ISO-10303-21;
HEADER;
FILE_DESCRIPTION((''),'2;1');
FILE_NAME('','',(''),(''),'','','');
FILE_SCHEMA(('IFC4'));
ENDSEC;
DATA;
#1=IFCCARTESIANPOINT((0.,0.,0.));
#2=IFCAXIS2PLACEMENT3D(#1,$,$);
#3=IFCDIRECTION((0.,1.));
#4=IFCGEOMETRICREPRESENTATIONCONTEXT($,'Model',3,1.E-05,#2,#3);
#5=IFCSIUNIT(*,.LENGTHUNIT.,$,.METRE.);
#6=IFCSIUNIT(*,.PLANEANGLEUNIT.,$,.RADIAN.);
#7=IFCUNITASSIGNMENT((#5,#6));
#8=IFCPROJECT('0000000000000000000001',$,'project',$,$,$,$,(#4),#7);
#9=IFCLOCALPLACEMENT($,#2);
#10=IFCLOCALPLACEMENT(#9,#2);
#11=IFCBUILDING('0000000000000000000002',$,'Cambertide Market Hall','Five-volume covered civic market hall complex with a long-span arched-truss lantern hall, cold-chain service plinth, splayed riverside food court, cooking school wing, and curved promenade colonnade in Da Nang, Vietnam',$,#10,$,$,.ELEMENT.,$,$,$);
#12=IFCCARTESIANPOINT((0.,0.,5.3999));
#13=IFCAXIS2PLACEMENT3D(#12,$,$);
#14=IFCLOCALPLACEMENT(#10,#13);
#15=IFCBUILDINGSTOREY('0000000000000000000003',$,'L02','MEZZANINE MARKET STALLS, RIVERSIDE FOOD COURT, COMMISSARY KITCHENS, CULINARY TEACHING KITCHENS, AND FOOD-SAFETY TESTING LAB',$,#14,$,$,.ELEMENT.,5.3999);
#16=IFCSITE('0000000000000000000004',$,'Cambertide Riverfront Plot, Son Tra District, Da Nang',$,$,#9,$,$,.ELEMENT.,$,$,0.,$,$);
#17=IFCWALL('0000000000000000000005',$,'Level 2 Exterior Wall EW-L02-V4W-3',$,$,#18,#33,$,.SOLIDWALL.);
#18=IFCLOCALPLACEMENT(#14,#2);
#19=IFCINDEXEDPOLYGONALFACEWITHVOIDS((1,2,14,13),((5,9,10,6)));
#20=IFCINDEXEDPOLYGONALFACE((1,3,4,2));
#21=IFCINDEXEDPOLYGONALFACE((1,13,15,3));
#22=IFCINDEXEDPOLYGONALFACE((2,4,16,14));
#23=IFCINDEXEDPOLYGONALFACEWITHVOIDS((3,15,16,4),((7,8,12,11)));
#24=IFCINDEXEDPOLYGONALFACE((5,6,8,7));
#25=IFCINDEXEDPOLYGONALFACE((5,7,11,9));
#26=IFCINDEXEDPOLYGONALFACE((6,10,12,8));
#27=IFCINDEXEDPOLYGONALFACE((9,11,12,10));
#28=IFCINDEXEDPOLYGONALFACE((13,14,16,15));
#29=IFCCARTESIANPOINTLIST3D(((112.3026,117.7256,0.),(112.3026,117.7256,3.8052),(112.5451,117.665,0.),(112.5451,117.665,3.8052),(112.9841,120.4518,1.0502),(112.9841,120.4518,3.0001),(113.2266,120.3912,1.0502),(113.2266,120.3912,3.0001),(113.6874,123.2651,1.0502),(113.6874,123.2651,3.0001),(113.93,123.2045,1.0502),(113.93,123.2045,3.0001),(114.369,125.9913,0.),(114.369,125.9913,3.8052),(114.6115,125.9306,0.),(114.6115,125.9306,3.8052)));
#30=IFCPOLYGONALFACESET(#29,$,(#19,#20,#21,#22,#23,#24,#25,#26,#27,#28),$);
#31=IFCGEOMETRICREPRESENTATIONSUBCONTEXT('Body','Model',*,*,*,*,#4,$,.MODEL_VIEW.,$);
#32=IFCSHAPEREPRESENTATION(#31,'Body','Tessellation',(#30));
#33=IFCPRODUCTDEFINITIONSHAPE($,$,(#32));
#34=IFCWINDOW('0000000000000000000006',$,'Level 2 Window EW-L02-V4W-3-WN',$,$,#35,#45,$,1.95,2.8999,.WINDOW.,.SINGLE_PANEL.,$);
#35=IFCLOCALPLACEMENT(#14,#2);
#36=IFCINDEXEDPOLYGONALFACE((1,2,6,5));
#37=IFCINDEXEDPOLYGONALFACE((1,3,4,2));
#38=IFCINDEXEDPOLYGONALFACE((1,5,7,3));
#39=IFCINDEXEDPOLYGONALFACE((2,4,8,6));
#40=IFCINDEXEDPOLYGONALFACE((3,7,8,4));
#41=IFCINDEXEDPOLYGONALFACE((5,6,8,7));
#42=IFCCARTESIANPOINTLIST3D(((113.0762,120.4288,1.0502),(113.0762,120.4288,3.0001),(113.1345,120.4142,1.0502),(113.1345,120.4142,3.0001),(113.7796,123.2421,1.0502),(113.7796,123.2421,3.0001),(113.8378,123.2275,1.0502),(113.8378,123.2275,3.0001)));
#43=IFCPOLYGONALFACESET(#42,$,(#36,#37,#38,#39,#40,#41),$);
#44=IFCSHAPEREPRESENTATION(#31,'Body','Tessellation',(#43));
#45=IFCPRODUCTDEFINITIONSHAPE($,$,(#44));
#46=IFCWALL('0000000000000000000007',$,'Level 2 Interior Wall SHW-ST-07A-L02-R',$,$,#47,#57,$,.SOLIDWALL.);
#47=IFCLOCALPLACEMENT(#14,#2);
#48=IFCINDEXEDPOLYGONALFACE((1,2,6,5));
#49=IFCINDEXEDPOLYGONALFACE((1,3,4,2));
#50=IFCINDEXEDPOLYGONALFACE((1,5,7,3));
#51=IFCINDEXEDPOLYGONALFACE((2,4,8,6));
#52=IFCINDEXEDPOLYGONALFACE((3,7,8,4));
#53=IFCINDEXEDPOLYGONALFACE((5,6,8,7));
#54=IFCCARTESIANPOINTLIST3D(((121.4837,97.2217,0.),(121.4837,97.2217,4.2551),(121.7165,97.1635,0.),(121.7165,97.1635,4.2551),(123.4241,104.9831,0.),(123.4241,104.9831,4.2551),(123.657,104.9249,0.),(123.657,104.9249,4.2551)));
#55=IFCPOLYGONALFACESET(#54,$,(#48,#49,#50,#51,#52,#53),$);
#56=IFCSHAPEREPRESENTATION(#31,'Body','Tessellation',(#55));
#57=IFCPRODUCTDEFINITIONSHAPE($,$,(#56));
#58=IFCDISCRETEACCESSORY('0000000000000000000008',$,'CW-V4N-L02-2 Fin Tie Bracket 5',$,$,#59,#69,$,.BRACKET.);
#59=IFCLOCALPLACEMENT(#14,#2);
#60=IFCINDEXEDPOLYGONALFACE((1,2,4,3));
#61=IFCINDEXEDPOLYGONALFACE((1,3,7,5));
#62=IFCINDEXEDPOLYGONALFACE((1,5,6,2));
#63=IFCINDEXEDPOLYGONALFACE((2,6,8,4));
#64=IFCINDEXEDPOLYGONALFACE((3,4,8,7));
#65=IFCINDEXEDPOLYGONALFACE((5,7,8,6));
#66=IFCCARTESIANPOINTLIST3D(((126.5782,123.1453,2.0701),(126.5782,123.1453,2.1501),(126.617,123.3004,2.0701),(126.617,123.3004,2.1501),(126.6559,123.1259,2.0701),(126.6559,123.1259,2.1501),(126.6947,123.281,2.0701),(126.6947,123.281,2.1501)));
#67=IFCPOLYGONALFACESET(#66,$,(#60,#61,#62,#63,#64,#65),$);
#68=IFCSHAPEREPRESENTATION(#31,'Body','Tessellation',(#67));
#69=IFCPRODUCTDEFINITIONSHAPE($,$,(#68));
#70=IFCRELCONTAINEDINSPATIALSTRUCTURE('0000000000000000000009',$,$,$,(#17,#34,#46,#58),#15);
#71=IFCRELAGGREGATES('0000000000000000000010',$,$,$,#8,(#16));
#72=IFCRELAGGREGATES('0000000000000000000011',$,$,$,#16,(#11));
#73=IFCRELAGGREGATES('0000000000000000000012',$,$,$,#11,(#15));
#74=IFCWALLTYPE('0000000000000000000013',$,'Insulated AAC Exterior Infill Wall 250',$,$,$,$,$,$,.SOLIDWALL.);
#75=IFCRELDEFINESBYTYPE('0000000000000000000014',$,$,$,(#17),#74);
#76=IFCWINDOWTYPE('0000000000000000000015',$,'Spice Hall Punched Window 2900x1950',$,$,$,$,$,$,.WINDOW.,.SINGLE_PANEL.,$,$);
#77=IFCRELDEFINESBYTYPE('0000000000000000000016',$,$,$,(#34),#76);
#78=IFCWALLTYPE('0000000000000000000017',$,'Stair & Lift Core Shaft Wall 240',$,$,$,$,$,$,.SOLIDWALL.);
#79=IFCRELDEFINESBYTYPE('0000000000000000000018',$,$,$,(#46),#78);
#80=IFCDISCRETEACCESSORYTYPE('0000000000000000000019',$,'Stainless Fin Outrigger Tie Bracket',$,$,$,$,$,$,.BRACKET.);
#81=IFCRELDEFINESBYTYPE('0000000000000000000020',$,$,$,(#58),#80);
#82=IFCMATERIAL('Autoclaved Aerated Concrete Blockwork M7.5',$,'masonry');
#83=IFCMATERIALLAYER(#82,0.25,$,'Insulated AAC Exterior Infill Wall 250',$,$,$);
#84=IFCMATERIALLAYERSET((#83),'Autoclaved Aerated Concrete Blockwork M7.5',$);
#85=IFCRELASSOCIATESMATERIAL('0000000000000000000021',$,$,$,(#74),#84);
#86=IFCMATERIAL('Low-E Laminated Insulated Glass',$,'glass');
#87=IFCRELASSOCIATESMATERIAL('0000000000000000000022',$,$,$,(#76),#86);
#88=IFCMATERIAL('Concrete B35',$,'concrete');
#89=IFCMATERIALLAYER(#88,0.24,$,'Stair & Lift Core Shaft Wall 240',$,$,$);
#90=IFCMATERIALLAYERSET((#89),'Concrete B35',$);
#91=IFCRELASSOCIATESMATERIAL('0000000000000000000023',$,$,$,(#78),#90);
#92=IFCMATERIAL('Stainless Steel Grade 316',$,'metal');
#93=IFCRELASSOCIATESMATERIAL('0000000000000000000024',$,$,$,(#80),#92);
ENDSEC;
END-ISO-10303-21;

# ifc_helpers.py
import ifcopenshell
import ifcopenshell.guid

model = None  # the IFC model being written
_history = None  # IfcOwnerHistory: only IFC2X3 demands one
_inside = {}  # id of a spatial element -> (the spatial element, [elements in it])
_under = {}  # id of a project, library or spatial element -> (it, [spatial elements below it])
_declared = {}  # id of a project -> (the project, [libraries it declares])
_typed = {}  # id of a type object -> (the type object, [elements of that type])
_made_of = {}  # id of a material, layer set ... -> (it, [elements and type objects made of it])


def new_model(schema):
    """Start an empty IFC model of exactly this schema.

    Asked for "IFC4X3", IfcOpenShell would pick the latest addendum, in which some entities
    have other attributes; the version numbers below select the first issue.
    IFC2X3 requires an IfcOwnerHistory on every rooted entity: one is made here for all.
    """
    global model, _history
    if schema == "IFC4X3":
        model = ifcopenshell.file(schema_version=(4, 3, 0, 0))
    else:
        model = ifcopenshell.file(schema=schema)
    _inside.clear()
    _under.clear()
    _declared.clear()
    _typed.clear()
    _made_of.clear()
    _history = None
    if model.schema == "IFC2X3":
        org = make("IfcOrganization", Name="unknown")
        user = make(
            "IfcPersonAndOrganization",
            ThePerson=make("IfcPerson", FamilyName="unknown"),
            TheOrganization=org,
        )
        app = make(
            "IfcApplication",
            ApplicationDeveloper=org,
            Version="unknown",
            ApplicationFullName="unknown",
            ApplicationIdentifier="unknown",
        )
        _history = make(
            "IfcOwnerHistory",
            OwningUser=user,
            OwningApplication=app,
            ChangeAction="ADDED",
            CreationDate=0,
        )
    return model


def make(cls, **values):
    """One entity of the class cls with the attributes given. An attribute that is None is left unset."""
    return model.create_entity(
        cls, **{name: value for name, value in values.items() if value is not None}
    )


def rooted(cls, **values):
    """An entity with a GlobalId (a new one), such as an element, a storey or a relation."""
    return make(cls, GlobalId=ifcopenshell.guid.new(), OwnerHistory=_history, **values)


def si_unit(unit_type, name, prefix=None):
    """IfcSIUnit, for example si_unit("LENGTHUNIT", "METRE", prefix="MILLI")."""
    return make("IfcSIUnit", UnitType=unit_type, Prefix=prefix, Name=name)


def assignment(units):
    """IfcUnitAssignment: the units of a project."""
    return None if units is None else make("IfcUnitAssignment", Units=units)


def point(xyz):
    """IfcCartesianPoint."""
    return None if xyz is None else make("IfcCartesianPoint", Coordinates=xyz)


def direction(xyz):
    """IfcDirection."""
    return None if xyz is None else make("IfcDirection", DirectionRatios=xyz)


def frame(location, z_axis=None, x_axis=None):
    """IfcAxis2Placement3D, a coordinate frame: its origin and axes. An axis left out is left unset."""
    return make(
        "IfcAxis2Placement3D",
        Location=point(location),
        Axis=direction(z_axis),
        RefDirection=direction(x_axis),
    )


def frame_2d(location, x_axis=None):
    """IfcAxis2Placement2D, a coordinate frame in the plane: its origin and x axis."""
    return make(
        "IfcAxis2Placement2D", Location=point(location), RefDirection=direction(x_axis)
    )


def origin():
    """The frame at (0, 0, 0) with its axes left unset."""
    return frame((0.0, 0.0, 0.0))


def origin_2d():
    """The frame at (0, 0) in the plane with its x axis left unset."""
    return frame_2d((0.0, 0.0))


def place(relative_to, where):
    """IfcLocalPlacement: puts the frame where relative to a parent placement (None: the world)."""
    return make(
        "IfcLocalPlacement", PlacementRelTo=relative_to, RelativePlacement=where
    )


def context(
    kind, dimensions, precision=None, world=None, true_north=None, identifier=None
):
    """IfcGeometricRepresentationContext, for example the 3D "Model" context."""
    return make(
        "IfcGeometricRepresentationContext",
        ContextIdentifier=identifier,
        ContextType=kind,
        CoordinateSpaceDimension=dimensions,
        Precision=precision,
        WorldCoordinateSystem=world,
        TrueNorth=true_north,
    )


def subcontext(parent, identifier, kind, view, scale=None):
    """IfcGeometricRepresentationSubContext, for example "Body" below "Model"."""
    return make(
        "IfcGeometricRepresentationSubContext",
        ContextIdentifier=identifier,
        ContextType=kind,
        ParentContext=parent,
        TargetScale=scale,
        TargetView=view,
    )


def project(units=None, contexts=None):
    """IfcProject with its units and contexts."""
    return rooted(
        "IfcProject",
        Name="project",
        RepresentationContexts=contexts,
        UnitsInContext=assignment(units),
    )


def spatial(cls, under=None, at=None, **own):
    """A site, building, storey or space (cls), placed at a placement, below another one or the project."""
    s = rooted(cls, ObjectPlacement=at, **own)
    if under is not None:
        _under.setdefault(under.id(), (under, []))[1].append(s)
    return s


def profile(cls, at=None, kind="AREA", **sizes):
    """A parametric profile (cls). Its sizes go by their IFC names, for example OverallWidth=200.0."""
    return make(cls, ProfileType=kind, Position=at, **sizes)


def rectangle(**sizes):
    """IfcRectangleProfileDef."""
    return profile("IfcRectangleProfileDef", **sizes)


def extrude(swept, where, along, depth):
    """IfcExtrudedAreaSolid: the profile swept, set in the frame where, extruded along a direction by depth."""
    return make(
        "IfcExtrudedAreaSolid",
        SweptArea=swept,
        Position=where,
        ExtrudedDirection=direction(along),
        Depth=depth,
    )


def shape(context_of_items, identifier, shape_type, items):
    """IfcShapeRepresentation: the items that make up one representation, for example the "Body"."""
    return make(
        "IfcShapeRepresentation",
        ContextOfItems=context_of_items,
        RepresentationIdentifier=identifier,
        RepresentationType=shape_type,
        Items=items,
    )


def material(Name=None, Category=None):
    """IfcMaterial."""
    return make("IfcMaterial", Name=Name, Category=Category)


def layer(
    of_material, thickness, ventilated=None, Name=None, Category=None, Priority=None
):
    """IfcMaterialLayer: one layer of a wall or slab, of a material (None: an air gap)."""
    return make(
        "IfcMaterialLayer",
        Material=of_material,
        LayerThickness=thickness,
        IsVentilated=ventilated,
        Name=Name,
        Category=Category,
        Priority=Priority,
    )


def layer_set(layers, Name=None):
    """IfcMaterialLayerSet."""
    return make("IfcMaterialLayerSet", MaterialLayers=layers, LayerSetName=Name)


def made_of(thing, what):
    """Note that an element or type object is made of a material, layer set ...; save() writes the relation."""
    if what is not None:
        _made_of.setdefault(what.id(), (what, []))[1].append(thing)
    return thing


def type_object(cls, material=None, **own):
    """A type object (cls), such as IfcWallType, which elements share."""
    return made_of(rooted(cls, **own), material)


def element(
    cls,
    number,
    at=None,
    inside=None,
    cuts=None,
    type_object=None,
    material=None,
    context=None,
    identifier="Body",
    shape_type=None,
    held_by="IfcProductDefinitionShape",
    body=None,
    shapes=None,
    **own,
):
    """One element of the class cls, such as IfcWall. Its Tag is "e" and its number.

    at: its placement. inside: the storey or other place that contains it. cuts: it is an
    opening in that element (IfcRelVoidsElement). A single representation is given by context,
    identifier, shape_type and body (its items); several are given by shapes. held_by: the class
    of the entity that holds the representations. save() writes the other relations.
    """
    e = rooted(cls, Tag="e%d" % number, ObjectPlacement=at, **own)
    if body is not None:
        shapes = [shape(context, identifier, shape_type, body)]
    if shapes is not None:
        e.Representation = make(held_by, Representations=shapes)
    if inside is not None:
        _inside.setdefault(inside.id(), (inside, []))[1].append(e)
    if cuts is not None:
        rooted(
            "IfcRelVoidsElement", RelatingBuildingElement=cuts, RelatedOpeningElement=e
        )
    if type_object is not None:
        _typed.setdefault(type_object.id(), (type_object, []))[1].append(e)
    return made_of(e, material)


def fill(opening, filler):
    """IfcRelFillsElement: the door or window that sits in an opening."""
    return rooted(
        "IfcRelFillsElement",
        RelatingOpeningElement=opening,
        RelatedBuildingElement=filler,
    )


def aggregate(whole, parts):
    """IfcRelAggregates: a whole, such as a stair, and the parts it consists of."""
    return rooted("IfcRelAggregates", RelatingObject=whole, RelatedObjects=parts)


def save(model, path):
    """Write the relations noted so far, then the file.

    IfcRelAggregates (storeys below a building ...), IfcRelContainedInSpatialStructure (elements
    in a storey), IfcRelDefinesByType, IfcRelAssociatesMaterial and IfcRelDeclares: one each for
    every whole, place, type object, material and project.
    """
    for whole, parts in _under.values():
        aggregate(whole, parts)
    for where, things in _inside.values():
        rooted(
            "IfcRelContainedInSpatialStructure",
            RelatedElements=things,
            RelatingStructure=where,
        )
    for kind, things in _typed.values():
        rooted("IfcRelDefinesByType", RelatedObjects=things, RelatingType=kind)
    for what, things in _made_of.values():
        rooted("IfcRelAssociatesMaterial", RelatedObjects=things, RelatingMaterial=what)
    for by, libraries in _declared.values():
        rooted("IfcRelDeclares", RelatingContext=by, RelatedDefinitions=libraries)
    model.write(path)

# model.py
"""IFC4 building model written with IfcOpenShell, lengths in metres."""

from ifc_helpers import new_model, si_unit, direction, frame, frame_2d, origin, origin_2d, place, context, subcontext, project, spatial, rectangle, extrude, material, layer, layer_set, type_object, element, fill, save


model = new_model("IFC4")

# Units and contexts
model_context = context("Model", 3, precision=1e-05, world=origin(), true_north=direction((0.0, 1.0)))
body_context = subcontext(model_context, "Body", "Model", "MODEL_VIEW")
ifc_project = project(units=[si_unit("LENGTHUNIT", "METRE"), si_unit("PLANEANGLEUNIT", "RADIAN")], contexts=[model_context])

# Site, building, storey
site_placement = place(None, origin())
site = spatial("IfcSite", under=ifc_project, at=site_placement, Name="Cambertide Riverfront Plot, Son Tra District, Da Nang", CompositionType="ELEMENT", RefElevation=0.0)
building_placement = place(site_placement, origin())
building = spatial("IfcBuilding", under=site, at=building_placement, Name="Cambertide Market Hall", Description="Five-volume covered civic market hall complex with a long-span arched-truss lantern hall, cold-chain service plinth, splayed riverside food court, cooking school wing, and curved promenade colonnade in Da Nang, Vietnam", CompositionType="ELEMENT")
storey_placement = place(building_placement, frame((0.0, 0.0, 5.3999)))
storey = spatial("IfcBuildingStorey", under=building, at=storey_placement, Name="L02", Description="MEZZANINE MARKET STALLS, RIVERSIDE FOOD COURT, COMMISSARY KITCHENS, CULINARY TEACHING KITCHENS, AND FOOD-SAFETY TESTING LAB", CompositionType="ELEMENT", Elevation=5.3999)

# Wall, opening, window
ifc_material_1 = material(Name="Autoclaved Aerated Concrete Blockwork M7.5", Category="masonry")
ifc_layer_1 = layer(ifc_material_1, 0.25, Name="Insulated AAC Exterior Infill Wall 250")
ifc_layer_set_1 = layer_set([ifc_layer_1], Name="Autoclaved Aerated Concrete Blockwork M7.5")
wall_type_1 = type_object("IfcWallType", Name="Insulated AAC Exterior Infill Wall 250", PredefinedType="SOLIDWALL", material=ifc_layer_set_1)
ifc_material_2 = material(Name="Low-E Laminated Insulated Glass", Category="glass")
window_type = type_object("IfcWindowType", Name="Spice Hall Punched Window 2900x1950", PartitioningType="SINGLE_PANEL", PredefinedType="WINDOW", material=ifc_material_2)
wall_1_placement = place(storey_placement, frame((112.4238, 117.6953, 0.0), z_axis=(0.0, 0.0, 1.0), x_axis=(0.242536, 0.970143, 0.0)))
wall_1 = element("IfcWall", 1, at=wall_1_placement, inside=storey, type_object=wall_type_1, Name="Level 2 Exterior Wall EW-L02-V4W-3", PredefinedType="SOLIDWALL", context=body_context, shape_type="SweptSolid", body=[
    extrude(rectangle(XDim=8.52, YDim=0.25, at=frame_2d((4.26, 0.0))), origin(), (0.0, 0.0, 1.0), 3.8052),
])
opening_1_placement = place(wall_1_placement, frame((2.8101, 0.0, 1.05)))
opening_1 = element("IfcOpeningElement", 2, at=opening_1_placement, cuts=wall_1, PredefinedType="OPENING", context=body_context, shape_type="SweptSolid", body=[
    extrude(rectangle(XDim=2.8999, YDim=1.95, at=frame_2d((1.45, 0.9751))), frame((0.0, 0.135, 0.0), z_axis=(0.0, -1.0, 0.0), x_axis=(1.0, 0.0, 0.0)), (0.0, 0.0, 1.0), 0.27),
])
window_1_placement = place(opening_1_placement, origin())
window_1 = element("IfcWindow", 3, at=window_1_placement, inside=storey, type_object=window_type, Name="Level 2 Window EW-L02-V4W-3-WN", OverallHeight=1.95, OverallWidth=2.8999, PartitioningType="SINGLE_PANEL", PredefinedType="WINDOW", context=body_context, shape_type="SweptSolid", body=[
    extrude(rectangle(XDim=2.8999, YDim=1.95, at=frame_2d((1.45, 0.9751))), frame((0.0, 0.03, 0.0), z_axis=(0.0, -1.0, 0.0), x_axis=(1.0, 0.0, 0.0)), (0.0, 0.0, 1.0), 0.0601),
])
fill(opening_1, window_1)

# Shared definitions
ifc_material_3 = material(Name="Concrete B35", Category="concrete")
ifc_layer_2 = layer(ifc_material_3, 0.24, Name="Stair & Lift Core Shaft Wall 240")
ifc_layer_set_2 = layer_set([ifc_layer_2], Name="Concrete B35")
wall_type_2 = type_object("IfcWallType", Name="Stair & Lift Core Shaft Wall 240", PredefinedType="SOLIDWALL", material=ifc_layer_set_2)

# Wall
wall_2_placement = place(storey_placement, frame((123.5405, 104.9539, 0.0), z_axis=(0.0, 0.0, 1.0), x_axis=(-0.24255, -0.970139, 0.0)))
element("IfcWall", 4, at=wall_2_placement, inside=storey, type_object=wall_type_2, Name="Level 2 Interior Wall SHW-ST-07A-L02-R", PredefinedType="SOLIDWALL", context=body_context, shape_type="SweptSolid", body=[
    extrude(rectangle(XDim=8.0002, YDim=0.24, at=frame_2d((4.0, 0.0))), origin(), (0.0, 0.0, 1.0), 4.2551),
])

# Discrete accessory
ifc_material_4 = material(Name="Stainless Steel Grade 316", Category="metal")
discrete_accessory_type = type_object("IfcDiscreteAccessoryType", Name="Stainless Fin Outrigger Tie Bracket", PredefinedType="BRACKET", material=ifc_material_4)
discrete_accessory_placement = place(storey_placement, frame((126.6365, 123.2131, 2.0701), z_axis=(0.0, 0.0, 1.0), x_axis=(0.970143, -0.242536, 0.0)))
element("IfcDiscreteAccessory", 5, at=discrete_accessory_placement, inside=storey, type_object=discrete_accessory_type, Name="CW-V4N-L02-2 Fin Tie Bracket 5", PredefinedType="BRACKET", context=body_context, shape_type="SweptSolid", body=[
    extrude(rectangle(XDim=0.0801, YDim=0.1599, at=origin_2d()), origin(), (0.0, 0.0, 1.0), 0.0801),
])

save(model, "model.ifc")
